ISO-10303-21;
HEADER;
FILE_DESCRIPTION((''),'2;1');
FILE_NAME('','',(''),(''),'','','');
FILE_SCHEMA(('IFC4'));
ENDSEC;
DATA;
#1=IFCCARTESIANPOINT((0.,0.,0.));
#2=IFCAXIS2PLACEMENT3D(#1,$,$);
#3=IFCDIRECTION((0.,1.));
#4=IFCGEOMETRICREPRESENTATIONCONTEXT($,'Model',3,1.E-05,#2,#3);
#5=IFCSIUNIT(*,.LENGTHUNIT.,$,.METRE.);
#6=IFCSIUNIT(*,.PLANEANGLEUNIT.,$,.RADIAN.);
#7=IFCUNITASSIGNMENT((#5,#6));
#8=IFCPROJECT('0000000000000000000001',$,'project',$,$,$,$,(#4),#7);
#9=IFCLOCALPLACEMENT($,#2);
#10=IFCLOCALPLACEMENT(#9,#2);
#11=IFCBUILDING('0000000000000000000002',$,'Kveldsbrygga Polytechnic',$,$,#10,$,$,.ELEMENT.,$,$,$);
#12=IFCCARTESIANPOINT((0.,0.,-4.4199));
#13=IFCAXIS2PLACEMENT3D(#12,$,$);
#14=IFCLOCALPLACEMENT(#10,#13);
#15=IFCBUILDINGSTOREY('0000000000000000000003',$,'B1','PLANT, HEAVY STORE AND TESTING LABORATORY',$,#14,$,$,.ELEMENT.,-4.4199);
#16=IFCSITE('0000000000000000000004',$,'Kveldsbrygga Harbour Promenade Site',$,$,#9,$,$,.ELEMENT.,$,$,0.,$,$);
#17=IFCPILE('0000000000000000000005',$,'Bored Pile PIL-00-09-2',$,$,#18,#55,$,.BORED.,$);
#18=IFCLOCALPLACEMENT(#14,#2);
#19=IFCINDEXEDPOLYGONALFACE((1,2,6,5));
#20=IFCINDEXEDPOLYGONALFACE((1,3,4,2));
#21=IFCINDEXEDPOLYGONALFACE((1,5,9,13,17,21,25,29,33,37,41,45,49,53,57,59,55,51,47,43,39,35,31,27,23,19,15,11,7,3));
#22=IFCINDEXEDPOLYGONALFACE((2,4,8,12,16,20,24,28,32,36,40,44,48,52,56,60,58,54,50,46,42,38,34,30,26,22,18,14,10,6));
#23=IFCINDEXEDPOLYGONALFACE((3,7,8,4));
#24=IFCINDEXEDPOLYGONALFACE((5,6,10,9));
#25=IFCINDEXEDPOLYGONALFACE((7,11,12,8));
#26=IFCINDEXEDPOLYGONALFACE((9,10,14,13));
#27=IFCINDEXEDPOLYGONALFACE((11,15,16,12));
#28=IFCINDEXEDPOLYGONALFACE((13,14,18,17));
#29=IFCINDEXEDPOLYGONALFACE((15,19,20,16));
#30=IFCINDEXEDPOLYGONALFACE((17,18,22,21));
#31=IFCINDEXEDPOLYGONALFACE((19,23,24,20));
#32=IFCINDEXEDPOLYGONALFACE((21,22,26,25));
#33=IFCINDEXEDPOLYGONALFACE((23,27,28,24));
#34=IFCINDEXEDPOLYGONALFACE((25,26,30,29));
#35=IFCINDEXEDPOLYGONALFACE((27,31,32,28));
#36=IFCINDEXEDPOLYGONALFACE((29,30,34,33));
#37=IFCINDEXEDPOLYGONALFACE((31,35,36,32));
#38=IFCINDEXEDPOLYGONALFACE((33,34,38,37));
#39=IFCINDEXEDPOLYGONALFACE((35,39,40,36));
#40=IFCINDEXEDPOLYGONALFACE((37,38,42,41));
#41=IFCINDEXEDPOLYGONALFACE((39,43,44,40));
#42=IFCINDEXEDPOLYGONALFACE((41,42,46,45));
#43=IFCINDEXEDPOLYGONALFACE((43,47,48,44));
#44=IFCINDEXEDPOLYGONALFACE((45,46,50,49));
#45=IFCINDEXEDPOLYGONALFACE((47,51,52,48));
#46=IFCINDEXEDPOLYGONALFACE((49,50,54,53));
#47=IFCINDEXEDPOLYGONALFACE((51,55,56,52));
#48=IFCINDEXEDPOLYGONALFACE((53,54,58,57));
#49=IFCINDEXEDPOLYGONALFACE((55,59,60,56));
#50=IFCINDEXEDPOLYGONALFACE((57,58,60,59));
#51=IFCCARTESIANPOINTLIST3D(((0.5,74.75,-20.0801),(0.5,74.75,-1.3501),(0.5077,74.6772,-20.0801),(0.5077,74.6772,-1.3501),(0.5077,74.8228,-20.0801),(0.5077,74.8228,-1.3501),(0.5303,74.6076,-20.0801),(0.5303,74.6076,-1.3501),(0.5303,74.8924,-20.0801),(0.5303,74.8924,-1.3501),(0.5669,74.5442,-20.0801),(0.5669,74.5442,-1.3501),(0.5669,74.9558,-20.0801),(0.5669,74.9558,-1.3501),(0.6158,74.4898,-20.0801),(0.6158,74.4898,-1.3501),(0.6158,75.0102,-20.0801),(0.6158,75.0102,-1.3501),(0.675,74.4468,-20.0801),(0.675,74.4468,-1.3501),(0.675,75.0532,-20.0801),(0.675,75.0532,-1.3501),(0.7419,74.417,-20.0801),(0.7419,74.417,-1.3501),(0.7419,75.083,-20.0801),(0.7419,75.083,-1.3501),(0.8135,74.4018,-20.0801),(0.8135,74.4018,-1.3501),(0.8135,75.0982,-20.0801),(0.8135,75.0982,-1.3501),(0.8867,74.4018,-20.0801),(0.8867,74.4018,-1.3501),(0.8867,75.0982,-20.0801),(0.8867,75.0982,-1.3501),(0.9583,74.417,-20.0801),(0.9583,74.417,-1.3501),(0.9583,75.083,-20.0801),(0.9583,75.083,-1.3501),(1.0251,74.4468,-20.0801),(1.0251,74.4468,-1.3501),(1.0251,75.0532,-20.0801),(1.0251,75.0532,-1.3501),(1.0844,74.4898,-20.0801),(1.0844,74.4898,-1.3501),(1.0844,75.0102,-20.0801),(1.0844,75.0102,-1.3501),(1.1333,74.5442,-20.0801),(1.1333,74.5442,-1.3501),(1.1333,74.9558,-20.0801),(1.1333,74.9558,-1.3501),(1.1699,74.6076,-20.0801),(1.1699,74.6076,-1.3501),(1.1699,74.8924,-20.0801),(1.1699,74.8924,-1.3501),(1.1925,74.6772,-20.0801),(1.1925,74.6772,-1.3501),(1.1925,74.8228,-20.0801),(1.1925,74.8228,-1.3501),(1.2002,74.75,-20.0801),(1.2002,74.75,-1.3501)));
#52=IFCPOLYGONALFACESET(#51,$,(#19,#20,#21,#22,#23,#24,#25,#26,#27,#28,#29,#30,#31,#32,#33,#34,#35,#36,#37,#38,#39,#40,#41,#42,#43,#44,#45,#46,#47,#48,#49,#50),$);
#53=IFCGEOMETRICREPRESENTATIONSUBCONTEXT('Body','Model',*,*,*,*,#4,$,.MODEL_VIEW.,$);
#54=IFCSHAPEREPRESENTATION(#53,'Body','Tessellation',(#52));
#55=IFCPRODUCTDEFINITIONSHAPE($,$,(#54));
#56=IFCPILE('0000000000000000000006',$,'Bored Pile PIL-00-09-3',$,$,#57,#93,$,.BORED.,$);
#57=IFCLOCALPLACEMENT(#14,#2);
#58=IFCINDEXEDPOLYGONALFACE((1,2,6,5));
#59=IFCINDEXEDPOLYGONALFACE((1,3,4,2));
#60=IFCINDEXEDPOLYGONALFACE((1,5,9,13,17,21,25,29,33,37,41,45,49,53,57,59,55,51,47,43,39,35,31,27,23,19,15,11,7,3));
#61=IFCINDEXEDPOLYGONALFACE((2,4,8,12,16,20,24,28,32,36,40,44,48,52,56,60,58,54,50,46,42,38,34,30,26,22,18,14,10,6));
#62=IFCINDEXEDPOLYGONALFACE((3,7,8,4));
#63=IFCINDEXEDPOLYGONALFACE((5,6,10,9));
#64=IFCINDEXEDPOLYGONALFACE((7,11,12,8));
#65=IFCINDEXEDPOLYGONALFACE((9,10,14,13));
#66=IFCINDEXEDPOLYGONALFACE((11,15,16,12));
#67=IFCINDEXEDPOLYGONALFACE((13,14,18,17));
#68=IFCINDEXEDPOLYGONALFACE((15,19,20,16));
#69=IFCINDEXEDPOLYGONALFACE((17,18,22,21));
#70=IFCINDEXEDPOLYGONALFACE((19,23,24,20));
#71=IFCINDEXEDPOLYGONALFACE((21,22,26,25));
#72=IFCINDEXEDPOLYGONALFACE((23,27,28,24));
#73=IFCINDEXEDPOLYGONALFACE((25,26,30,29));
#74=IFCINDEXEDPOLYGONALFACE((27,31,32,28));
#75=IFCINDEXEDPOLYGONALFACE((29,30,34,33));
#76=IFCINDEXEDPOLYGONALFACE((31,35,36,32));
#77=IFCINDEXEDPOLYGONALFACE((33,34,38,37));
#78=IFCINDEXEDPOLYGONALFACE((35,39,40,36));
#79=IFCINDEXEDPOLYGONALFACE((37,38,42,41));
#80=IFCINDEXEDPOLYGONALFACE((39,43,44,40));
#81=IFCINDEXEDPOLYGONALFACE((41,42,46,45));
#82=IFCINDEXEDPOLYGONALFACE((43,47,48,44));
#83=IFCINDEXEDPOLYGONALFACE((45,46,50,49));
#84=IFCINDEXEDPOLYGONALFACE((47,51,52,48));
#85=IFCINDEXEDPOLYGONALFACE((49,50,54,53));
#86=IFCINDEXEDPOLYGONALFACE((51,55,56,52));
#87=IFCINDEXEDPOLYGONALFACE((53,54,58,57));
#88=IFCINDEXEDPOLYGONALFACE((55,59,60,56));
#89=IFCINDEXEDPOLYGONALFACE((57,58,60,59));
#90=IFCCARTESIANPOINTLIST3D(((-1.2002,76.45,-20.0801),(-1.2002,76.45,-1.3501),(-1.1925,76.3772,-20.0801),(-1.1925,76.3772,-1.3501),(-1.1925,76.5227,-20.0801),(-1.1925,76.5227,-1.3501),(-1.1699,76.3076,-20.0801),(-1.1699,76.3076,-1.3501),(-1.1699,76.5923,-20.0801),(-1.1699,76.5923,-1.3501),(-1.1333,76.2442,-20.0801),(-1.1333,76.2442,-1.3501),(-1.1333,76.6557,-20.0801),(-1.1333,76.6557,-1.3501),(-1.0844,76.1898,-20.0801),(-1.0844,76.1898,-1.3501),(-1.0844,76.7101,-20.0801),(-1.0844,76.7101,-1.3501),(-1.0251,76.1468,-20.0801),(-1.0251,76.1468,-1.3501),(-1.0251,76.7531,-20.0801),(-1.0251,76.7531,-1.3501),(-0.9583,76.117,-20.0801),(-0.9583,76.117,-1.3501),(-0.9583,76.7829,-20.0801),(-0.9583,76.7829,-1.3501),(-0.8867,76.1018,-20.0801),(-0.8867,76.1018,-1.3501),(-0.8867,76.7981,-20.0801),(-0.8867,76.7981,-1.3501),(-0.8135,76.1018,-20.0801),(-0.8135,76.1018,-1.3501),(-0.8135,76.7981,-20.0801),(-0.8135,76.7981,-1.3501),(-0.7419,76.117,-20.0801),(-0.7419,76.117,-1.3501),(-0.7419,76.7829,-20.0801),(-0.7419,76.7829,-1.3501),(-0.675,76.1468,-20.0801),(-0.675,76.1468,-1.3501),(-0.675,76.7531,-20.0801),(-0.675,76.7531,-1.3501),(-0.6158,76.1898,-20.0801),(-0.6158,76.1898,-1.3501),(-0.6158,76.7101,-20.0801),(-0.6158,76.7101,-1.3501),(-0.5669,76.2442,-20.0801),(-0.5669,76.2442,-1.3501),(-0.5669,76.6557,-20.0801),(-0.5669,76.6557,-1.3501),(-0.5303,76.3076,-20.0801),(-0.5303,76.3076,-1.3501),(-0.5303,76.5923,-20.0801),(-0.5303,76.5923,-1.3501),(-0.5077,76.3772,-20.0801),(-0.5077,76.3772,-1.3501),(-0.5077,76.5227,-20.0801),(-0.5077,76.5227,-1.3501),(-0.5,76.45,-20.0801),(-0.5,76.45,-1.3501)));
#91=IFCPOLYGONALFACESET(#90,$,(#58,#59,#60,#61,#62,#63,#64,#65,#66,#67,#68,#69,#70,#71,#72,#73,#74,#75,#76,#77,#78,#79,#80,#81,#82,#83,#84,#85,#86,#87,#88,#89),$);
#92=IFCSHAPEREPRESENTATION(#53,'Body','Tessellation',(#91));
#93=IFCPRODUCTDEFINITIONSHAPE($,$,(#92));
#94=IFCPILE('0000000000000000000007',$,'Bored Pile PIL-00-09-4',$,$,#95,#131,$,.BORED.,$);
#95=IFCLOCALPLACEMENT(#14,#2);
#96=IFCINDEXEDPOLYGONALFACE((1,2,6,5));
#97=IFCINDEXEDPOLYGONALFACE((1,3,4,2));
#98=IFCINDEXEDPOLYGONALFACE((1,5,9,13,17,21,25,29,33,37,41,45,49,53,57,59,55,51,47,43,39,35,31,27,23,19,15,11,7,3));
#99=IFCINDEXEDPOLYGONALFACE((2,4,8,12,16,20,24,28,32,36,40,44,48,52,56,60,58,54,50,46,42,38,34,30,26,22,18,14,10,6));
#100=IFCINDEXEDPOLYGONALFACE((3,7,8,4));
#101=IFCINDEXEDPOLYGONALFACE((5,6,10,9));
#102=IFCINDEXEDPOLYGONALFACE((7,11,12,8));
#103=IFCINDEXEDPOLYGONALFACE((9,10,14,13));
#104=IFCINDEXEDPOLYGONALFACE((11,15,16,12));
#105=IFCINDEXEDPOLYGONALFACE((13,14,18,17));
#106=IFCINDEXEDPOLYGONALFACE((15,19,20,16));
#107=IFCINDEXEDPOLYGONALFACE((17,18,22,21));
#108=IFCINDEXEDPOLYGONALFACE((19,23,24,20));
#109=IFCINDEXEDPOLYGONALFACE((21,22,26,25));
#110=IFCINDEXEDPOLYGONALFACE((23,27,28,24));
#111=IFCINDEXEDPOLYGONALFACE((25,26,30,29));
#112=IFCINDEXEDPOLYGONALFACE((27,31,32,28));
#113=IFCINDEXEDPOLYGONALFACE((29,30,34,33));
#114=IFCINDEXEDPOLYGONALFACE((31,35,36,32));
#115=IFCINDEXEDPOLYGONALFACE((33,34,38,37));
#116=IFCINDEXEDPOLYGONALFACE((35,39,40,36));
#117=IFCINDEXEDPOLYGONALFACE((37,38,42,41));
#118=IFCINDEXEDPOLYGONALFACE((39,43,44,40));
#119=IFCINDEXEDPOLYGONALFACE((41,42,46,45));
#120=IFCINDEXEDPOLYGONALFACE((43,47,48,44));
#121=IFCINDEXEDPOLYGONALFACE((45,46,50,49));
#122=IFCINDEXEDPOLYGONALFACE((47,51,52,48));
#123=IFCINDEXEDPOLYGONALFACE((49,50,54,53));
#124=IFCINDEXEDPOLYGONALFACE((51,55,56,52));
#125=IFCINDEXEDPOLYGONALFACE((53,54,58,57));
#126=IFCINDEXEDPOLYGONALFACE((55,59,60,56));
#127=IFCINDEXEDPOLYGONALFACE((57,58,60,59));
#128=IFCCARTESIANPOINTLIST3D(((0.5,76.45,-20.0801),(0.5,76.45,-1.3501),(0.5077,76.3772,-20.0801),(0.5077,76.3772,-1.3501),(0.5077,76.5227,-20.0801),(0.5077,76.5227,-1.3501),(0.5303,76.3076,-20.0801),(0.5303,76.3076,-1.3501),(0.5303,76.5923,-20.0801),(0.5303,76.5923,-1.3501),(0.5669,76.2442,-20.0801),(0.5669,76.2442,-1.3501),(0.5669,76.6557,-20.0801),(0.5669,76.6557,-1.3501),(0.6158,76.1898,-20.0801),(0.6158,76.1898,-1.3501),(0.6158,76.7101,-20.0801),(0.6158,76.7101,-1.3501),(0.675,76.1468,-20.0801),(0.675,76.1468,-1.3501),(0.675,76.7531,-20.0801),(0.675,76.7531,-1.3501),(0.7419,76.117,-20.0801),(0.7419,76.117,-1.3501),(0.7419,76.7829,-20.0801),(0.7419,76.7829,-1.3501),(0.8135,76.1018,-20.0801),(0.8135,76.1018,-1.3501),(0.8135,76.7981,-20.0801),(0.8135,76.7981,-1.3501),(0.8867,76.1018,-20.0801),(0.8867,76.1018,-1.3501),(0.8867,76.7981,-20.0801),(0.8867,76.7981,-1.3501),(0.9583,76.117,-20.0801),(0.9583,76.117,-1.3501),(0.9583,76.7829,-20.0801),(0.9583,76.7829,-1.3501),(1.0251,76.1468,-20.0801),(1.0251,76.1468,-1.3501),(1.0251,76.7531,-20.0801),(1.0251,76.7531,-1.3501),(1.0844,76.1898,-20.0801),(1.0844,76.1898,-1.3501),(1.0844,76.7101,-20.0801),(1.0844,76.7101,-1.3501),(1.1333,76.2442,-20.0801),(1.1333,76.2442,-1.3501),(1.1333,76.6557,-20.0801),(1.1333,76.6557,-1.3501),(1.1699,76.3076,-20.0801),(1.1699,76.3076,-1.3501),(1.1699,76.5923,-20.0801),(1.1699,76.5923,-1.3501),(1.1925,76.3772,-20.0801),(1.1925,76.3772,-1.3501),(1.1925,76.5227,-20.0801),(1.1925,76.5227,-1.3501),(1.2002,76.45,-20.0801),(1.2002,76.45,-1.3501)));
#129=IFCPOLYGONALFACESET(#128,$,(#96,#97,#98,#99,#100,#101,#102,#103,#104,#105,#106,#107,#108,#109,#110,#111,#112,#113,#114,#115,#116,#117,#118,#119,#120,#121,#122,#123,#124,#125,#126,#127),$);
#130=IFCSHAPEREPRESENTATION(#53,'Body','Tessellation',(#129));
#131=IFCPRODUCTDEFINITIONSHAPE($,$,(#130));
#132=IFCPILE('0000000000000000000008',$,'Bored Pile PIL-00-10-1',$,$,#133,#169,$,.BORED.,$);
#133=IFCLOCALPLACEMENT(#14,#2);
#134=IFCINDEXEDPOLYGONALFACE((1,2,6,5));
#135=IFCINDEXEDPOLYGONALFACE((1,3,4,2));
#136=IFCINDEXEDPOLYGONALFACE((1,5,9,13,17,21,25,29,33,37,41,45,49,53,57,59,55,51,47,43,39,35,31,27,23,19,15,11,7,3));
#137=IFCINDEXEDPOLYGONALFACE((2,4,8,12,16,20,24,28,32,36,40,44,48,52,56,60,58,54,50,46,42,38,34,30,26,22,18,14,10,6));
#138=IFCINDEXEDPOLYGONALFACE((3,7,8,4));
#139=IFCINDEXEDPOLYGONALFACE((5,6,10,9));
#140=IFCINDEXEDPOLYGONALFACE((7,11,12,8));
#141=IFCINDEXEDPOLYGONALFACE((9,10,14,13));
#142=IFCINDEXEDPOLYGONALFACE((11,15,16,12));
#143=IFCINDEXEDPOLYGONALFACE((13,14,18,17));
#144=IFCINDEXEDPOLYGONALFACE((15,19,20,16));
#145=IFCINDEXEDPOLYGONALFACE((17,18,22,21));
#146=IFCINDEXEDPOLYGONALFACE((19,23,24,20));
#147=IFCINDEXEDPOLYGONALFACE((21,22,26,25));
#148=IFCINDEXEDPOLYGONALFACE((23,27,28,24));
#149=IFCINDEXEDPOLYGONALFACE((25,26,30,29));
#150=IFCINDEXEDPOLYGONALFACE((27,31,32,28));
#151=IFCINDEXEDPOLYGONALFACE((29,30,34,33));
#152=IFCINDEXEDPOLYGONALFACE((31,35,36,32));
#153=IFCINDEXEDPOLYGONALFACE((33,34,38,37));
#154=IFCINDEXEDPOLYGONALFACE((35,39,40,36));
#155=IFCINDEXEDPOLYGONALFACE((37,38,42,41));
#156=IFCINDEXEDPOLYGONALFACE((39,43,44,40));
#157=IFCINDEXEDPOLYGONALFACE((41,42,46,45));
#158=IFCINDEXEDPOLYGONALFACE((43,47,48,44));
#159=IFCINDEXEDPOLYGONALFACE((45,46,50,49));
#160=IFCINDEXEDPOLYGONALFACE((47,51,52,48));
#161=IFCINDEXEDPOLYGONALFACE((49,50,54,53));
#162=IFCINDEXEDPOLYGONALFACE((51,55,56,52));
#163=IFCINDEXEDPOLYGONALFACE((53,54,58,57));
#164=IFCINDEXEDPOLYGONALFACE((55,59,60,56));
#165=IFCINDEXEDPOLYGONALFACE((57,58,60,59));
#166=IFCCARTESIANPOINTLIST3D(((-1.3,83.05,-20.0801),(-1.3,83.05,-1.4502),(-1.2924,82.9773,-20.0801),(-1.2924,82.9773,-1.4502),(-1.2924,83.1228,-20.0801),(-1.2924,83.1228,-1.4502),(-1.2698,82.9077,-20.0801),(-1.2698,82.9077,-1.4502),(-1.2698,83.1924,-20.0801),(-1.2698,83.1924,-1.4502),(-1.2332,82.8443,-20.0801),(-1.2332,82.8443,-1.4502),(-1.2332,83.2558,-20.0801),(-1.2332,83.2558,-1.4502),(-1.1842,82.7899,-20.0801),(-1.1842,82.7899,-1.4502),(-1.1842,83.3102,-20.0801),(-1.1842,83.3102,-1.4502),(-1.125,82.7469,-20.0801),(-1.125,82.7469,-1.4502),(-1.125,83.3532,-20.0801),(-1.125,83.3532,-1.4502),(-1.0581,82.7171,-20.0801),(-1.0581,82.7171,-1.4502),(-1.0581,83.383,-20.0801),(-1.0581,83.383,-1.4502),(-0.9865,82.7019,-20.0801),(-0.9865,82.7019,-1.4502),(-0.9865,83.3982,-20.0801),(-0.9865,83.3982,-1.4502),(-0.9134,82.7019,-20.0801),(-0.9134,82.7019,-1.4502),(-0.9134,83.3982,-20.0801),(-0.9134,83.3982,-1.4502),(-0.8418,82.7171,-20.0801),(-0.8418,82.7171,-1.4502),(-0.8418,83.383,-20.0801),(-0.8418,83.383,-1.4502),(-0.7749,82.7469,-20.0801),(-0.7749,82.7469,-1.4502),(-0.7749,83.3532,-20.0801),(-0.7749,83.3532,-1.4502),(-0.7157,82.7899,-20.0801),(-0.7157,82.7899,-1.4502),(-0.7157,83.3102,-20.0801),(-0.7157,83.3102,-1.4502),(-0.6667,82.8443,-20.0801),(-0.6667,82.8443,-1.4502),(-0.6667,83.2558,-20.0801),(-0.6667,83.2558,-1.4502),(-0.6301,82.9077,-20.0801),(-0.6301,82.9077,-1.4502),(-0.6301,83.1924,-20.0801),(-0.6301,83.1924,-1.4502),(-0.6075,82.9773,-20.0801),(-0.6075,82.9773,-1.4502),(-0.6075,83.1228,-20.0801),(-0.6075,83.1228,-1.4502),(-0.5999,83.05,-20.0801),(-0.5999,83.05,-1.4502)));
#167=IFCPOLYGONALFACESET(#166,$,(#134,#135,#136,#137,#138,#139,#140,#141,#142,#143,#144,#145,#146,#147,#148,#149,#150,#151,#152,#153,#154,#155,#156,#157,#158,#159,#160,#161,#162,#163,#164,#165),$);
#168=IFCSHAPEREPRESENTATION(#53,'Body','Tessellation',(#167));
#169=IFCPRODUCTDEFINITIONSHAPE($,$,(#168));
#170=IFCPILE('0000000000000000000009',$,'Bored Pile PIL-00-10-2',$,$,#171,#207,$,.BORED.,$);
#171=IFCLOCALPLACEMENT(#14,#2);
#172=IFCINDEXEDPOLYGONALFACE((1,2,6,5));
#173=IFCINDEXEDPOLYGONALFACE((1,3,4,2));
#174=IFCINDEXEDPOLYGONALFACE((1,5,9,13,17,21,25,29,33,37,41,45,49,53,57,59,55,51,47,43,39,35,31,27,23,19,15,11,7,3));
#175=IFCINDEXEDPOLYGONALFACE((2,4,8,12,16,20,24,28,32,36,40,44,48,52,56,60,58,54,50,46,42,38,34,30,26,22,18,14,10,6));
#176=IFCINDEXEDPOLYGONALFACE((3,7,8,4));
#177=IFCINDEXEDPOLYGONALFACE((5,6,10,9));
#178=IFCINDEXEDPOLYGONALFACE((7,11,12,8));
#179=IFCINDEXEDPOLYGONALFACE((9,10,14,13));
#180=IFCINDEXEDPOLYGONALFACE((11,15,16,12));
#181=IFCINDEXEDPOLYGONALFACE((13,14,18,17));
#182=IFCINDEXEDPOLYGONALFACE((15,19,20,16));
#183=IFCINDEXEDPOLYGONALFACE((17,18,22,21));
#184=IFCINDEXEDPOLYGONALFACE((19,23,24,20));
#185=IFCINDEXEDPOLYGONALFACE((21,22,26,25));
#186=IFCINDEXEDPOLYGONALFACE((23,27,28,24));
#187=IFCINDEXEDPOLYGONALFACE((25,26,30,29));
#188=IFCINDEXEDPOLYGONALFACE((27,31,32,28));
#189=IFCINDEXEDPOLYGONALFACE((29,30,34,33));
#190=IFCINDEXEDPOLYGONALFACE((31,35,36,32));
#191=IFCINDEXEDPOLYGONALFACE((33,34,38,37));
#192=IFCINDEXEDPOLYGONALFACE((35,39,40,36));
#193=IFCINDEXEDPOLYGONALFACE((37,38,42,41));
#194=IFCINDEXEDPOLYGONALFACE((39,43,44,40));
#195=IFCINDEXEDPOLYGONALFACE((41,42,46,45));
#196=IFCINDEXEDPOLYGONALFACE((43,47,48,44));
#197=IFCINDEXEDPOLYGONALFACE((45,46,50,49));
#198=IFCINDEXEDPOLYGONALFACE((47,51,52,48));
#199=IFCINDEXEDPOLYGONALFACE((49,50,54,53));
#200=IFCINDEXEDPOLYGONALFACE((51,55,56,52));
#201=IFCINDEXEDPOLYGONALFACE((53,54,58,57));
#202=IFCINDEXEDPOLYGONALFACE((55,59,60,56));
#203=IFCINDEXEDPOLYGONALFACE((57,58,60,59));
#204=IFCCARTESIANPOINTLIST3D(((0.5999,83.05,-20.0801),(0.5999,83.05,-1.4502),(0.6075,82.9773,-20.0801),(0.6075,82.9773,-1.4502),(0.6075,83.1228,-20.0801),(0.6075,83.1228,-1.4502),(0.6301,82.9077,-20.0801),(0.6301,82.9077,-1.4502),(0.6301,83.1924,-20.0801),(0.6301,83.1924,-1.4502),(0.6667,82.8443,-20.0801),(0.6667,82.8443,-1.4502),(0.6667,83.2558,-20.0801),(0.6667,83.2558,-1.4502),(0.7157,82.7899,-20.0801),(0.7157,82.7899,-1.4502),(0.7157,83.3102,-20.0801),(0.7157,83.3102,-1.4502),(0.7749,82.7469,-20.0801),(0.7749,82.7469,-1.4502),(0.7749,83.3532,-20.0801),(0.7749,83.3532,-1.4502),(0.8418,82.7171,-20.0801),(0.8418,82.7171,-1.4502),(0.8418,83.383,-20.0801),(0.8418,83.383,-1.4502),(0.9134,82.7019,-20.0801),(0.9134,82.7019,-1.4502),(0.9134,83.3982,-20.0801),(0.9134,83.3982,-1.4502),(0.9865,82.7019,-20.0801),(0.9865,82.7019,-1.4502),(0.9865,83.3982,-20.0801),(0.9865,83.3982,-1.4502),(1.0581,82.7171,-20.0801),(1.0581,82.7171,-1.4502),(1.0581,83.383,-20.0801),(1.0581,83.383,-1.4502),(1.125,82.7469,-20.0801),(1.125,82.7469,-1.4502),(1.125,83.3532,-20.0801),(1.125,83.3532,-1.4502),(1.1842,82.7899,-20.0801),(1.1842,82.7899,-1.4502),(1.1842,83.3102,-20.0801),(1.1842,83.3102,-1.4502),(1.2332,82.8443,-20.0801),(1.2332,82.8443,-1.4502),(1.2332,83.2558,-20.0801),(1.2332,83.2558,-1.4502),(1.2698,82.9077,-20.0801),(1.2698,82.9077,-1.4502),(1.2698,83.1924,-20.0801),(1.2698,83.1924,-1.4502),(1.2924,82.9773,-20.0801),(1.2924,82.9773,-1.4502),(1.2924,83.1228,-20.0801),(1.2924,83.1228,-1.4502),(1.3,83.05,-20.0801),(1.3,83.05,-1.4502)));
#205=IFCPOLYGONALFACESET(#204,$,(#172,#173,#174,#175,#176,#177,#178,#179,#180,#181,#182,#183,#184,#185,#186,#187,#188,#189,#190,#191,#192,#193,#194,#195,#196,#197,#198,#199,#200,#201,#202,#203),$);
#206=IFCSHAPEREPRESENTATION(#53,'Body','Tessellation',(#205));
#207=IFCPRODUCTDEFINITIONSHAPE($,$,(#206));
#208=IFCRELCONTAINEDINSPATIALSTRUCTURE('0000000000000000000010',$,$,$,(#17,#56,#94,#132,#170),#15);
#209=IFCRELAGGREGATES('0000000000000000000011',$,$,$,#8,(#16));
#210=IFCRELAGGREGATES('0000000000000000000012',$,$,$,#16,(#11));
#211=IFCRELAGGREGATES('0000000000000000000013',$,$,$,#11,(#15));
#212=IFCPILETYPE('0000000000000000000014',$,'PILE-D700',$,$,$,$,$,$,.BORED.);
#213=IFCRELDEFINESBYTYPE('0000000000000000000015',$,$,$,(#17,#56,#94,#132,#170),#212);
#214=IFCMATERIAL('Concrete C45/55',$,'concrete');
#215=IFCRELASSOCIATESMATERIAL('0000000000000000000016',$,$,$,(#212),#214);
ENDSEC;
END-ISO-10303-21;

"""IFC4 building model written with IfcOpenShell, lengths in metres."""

from ifc_helpers import new_model, si_unit, direction, frame, origin, origin_2d, place, context, subcontext, project, spatial, circle, extrude, material, material_profile, profile_set, type_object, element, save


model = new_model("IFC4")

# Units and contexts
model_context = context("Model", 3, precision=1e-05, world=origin(), true_north=direction((0.0, 1.0)))
body_context = subcontext(model_context, "Body", "Model", "MODEL_VIEW")
ifc_project = project(units=[si_unit("LENGTHUNIT", "METRE"), si_unit("PLANEANGLEUNIT", "RADIAN")], contexts=[model_context])

# Site, building, storey
site_placement = place(None, origin())
site = spatial("IfcSite", under=ifc_project, at=site_placement, Name="Kveldsbrygga Harbour Promenade Site", CompositionType="ELEMENT", RefElevation=0.0)
building_placement = place(site_placement, origin())
building = spatial("IfcBuilding", under=site, at=building_placement, Name="Kveldsbrygga Polytechnic", CompositionType="ELEMENT")
storey_placement = place(building_placement, frame((0.0, 0.0, -4.4199)))
storey = spatial("IfcBuildingStorey", under=building, at=storey_placement, Name="B1", Description="PLANT, HEAVY STORE AND TESTING LABORATORY", CompositionType="ELEMENT", Elevation=-4.4199)

# Shared definitions
ifc_material_1 = material(Name="Concrete C45/55", Category="concrete")

# Piles
ifc_material_profile_1 = material_profile(ifc_material_1, circle(Radius=0.3501, at=origin_2d()), Name="PILE D700")
ifc_profile_set_1 = profile_set([ifc_material_profile_1], Name="Concrete C45/55")
pile_type_1 = type_object("IfcPileType", Name="PILE-D700", PredefinedType="BORED", material=ifc_profile_set_1)
for number, where, z_axis, x_axis, name in (
    (1, (0.8501, 74.75, -1.3501), (0.0, 0.0, -1.0), (1.0, 0.0, 0.0), "Bored Pile PIL-00-09-2"),
    (2, (-0.8501, 76.45, -1.3501), (0.0, 0.0, -1.0), (1.0, 0.0, 0.0), "Bored Pile PIL-00-09-3"),
    (3, (0.8501, 76.45, -1.3501), (0.0, 0.0, -1.0), (1.0, 0.0, 0.0), "Bored Pile PIL-00-09-4"),
):
    element("IfcPile", number, at=place(storey_placement, frame(where, z_axis=z_axis, x_axis=x_axis)), inside=storey, type_object=pile_type_1, Name=name, PredefinedType="BORED", context=body_context, shape_type="SweptSolid", body=[
        extrude(circle(Radius=0.3501, at=origin_2d()), origin(), (0.0, 0.0, 1.0), 18.73),
    ])
for number, where, z_axis, x_axis, name in (
    (4, (-0.95, 83.05, -1.4502), (0.0, 0.0, -1.0), (1.0, 0.0, 0.0), "Bored Pile PIL-00-10-1"),
    (5, (0.95, 83.05, -1.4502), (0.0, 0.0, -1.0), (1.0, 0.0, 0.0), "Bored Pile PIL-00-10-2"),
):
    element("IfcPile", number, at=place(storey_placement, frame(where, z_axis=z_axis, x_axis=x_axis)), inside=storey, type_object=pile_type_1, Name=name, PredefinedType="BORED", context=body_context, shape_type="SweptSolid", body=[
        extrude(circle(Radius=0.3501, at=origin_2d()), origin(), (0.0, 0.0, 1.0), 18.6299),
    ])

save(model, "model.ifc")
